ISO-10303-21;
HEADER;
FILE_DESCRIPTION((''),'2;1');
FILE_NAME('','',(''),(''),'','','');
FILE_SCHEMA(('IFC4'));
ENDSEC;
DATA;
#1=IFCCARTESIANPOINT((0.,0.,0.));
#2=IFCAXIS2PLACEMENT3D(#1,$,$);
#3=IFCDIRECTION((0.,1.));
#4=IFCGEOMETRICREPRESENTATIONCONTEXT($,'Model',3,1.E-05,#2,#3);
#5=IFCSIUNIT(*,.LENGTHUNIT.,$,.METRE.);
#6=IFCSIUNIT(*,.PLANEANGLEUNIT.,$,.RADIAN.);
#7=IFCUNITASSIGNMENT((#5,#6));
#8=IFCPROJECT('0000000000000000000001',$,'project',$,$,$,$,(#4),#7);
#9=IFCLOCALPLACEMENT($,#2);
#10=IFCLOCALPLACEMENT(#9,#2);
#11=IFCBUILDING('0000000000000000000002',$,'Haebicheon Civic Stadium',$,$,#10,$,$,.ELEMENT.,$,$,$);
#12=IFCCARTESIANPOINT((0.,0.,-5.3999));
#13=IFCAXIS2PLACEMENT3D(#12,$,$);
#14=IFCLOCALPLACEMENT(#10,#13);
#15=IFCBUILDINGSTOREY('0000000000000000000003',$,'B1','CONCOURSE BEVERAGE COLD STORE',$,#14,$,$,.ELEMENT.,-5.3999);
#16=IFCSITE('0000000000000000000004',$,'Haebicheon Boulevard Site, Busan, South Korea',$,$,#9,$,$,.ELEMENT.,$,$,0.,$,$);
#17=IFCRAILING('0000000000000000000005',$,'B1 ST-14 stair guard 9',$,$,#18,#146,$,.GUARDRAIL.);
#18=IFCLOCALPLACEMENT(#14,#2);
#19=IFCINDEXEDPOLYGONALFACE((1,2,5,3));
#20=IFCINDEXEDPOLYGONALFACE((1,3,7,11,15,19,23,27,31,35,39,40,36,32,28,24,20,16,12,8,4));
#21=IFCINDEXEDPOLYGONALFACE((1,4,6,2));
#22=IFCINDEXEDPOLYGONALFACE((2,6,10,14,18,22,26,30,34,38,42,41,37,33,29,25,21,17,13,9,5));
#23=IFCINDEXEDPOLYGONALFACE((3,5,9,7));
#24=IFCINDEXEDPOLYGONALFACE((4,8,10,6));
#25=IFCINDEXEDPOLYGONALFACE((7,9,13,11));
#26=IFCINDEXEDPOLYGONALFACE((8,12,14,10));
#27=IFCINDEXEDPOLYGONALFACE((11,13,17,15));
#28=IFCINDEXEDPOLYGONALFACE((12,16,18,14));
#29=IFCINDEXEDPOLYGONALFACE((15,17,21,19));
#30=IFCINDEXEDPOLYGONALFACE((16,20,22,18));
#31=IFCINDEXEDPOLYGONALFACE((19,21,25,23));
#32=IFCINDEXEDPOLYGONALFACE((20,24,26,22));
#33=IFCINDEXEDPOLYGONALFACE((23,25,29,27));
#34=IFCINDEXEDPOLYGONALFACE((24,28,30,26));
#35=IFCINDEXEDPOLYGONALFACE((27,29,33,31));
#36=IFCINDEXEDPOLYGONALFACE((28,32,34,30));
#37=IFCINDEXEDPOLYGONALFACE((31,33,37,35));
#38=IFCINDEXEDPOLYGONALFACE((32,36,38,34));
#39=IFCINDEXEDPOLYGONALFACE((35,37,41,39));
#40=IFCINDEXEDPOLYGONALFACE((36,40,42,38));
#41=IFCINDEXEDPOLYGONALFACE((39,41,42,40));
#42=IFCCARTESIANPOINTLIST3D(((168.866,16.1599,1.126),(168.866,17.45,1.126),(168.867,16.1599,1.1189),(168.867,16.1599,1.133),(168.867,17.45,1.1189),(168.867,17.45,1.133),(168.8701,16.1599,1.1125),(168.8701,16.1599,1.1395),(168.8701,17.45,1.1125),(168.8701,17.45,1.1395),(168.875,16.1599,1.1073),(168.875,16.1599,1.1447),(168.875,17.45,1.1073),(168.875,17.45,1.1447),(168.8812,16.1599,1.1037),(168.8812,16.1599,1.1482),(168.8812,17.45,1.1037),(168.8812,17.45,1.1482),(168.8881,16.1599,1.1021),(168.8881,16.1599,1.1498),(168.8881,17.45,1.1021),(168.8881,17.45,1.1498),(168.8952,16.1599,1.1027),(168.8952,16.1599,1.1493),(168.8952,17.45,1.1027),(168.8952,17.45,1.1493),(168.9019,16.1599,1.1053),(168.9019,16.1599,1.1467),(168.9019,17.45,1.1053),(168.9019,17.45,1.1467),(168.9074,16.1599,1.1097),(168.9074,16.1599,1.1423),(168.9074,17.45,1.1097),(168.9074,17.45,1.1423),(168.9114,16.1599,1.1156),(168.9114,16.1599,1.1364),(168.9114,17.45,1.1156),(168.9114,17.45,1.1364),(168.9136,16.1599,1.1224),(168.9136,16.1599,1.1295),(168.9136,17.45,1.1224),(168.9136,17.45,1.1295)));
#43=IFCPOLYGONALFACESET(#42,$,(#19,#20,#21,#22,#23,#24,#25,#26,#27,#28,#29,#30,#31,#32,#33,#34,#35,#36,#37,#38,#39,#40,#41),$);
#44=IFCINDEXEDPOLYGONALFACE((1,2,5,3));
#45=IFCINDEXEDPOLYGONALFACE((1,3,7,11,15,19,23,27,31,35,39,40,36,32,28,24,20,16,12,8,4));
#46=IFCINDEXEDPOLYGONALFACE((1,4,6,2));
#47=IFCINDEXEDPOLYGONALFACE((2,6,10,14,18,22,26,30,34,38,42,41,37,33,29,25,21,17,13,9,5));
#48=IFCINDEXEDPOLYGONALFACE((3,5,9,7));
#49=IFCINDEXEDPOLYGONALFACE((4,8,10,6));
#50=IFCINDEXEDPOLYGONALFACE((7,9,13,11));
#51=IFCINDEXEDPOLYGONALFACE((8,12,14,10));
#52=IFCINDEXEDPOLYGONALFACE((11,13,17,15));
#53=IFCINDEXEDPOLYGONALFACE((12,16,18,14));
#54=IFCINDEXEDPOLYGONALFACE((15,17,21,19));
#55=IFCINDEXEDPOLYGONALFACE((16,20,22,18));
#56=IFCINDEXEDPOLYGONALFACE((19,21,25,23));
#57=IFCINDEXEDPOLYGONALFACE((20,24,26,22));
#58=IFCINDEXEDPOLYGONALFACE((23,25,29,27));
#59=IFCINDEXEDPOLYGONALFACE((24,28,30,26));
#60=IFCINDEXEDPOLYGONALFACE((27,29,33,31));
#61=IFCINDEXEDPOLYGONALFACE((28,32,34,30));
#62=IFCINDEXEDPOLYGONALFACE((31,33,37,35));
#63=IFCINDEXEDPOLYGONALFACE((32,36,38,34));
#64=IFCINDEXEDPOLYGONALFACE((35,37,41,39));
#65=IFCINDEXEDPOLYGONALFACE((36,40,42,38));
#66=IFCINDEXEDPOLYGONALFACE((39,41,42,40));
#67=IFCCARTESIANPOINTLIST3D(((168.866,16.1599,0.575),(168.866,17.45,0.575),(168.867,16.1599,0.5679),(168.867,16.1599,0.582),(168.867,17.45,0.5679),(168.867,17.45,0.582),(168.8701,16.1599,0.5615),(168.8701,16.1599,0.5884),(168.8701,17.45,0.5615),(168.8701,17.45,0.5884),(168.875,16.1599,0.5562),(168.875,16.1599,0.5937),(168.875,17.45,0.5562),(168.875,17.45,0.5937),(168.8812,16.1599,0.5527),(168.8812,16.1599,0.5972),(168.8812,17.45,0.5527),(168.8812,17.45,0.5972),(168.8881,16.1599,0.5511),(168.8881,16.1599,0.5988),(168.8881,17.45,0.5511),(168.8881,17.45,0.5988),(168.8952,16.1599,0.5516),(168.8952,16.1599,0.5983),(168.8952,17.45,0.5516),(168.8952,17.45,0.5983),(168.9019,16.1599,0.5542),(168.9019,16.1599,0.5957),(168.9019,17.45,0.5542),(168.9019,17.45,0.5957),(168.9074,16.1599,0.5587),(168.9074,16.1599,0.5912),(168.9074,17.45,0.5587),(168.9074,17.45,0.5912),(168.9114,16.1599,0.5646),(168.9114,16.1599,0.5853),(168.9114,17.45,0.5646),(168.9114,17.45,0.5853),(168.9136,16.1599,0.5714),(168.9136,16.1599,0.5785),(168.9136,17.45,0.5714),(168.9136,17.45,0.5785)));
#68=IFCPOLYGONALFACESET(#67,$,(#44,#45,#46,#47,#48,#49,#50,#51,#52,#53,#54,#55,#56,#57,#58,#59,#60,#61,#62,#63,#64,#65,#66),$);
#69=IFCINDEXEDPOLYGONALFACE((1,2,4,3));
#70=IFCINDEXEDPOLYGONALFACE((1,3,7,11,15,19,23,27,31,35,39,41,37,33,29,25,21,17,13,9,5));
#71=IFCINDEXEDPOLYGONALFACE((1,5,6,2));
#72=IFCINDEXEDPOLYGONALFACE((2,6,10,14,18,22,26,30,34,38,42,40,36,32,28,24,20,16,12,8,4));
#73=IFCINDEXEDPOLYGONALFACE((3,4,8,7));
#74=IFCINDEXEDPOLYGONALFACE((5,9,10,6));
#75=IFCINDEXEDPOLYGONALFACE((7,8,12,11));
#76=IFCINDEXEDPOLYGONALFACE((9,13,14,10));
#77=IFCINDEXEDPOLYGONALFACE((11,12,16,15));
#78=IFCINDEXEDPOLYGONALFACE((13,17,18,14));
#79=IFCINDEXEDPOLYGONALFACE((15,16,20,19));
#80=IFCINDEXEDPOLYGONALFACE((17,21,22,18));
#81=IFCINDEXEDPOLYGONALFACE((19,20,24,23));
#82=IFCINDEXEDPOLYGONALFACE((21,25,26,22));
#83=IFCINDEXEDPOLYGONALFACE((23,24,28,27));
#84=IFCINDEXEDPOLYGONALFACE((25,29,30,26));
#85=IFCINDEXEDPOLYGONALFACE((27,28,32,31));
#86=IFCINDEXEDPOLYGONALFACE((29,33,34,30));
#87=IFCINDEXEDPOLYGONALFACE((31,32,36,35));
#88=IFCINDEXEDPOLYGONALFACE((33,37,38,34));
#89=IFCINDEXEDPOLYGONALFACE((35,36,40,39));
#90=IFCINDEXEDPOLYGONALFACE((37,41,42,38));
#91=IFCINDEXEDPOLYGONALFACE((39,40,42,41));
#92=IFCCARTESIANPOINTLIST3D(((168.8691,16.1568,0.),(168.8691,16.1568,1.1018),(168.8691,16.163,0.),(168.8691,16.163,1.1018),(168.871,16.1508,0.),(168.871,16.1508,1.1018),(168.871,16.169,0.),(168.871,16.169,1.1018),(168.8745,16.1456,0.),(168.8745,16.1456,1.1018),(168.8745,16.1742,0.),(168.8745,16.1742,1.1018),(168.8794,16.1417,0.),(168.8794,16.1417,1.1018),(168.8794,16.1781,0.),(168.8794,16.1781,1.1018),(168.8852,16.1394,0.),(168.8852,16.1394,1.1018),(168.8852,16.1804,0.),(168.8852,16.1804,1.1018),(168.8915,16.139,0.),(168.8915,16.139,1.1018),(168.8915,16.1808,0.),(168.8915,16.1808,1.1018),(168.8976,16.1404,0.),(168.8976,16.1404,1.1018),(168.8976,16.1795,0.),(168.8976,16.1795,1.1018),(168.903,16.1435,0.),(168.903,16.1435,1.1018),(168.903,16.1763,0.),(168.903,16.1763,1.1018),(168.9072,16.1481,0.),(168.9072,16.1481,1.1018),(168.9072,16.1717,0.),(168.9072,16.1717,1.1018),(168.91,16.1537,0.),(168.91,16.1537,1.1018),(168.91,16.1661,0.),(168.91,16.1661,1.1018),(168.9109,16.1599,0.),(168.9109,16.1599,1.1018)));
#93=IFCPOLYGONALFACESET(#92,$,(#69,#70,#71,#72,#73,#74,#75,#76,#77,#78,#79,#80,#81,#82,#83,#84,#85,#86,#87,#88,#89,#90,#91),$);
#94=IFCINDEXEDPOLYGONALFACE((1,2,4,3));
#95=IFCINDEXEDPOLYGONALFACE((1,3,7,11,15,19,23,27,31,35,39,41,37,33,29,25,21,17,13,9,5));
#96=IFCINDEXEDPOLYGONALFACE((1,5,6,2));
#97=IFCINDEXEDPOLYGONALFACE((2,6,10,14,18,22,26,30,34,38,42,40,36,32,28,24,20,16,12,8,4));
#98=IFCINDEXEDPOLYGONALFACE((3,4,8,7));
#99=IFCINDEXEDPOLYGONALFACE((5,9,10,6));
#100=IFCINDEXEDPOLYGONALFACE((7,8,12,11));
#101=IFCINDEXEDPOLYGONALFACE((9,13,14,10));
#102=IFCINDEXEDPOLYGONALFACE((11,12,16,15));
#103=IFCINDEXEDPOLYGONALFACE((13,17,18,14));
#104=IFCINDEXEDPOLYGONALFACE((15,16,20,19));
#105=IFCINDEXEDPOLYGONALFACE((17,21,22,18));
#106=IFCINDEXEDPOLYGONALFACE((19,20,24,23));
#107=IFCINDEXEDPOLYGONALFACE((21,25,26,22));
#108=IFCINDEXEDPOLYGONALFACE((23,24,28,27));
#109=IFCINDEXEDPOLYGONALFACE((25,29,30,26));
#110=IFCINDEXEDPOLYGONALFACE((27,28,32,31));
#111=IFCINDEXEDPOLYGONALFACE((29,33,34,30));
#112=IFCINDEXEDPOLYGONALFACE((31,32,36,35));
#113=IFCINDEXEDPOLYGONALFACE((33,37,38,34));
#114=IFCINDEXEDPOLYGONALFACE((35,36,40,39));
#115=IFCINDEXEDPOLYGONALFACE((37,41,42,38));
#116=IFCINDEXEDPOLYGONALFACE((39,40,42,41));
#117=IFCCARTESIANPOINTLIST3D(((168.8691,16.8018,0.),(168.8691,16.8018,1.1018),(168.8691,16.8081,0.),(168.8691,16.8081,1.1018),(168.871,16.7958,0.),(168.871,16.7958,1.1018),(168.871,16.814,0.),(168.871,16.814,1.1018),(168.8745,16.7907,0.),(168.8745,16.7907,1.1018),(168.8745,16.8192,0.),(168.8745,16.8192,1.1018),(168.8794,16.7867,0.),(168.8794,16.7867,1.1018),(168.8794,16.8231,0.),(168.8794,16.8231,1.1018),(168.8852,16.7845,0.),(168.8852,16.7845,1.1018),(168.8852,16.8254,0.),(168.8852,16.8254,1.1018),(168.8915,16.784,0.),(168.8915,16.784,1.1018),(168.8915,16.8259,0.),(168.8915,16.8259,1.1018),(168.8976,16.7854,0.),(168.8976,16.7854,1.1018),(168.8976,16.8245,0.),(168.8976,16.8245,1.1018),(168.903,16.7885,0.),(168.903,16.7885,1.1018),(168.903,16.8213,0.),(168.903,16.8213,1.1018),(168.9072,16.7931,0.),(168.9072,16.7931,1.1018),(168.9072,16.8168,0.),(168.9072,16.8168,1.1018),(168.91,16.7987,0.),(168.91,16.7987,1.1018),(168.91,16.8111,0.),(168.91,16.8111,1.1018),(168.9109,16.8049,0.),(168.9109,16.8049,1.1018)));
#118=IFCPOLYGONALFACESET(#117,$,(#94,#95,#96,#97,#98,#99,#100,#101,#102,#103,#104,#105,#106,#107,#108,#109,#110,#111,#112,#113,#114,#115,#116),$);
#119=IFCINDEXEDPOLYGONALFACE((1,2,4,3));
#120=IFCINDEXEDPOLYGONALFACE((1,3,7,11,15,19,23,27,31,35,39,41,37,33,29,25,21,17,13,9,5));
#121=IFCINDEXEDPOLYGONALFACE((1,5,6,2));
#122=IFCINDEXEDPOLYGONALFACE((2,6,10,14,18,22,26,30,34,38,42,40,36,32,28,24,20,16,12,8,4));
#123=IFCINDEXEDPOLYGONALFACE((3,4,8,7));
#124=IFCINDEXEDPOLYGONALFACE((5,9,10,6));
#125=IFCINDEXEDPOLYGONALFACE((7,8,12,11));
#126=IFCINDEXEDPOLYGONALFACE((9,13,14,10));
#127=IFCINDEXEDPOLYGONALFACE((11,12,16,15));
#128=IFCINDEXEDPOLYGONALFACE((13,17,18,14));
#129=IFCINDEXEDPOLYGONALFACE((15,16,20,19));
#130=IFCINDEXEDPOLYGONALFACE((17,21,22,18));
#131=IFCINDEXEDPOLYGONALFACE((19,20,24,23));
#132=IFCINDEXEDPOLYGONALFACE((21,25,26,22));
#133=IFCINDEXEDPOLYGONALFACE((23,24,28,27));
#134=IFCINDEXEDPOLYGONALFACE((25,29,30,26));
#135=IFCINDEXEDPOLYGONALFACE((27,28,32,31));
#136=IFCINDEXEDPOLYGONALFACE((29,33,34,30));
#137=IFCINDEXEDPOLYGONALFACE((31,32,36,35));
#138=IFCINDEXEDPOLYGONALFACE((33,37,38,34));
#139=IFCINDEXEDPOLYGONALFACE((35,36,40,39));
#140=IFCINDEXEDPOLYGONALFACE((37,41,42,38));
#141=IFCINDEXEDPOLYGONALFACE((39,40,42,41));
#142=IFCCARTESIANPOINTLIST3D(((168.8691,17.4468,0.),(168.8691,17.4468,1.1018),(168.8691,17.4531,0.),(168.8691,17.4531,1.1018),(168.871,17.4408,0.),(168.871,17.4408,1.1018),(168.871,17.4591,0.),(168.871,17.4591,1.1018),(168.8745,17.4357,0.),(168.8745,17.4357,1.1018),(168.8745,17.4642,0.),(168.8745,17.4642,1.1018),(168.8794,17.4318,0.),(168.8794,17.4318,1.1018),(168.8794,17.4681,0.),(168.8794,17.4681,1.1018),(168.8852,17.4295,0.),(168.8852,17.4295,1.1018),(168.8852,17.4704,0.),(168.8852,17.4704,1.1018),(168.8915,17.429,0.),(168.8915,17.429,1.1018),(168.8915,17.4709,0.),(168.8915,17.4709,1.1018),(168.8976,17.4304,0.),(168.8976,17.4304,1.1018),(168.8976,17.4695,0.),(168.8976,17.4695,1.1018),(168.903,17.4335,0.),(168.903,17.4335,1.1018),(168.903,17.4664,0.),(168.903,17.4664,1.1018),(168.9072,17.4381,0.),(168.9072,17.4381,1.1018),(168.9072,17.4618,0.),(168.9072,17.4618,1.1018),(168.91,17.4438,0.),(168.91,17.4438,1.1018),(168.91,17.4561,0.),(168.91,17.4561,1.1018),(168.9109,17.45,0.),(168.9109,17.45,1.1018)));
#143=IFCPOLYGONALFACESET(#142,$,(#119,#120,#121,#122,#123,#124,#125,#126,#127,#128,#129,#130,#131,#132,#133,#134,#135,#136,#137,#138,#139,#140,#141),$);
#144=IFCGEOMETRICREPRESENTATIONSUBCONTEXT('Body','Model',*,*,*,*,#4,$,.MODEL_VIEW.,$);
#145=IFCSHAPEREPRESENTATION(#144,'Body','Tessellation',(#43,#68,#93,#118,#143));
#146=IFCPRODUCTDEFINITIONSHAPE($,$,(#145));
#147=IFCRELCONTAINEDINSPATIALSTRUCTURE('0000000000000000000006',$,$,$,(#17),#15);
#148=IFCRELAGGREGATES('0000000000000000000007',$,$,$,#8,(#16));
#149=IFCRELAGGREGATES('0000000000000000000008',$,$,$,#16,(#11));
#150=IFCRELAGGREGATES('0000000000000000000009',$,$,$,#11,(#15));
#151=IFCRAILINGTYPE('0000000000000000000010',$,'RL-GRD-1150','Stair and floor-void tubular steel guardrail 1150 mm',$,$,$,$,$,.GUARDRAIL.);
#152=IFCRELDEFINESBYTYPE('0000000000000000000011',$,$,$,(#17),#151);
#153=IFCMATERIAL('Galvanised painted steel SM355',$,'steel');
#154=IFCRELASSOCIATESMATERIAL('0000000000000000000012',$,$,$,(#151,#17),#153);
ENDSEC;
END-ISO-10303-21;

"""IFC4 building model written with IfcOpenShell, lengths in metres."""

from ifc_helpers import new_model, si_unit, direction, frame, origin, origin_2d, place, context, subcontext, project, spatial, circle, extrude, material, type_object, element, save


model = new_model("IFC4")

# Units and contexts
model_context = context("Model", 3, precision=1e-05, world=origin(), true_north=direction((0.0, 1.0)))
body_context = subcontext(model_context, "Body", "Model", "MODEL_VIEW")
ifc_project = project(units=[si_unit("LENGTHUNIT", "METRE"), si_unit("PLANEANGLEUNIT", "RADIAN")], contexts=[model_context])

# Site, building, storey
site_placement = place(None, origin())
site = spatial("IfcSite", under=ifc_project, at=site_placement, Name="Haebicheon Boulevard Site, Busan, South Korea", CompositionType="ELEMENT", RefElevation=0.0)
building_placement = place(site_placement, origin())
building = spatial("IfcBuilding", under=site, at=building_placement, Name="Haebicheon Civic Stadium", CompositionType="ELEMENT")
storey_placement = place(building_placement, frame((0.0, 0.0, -5.3999)))
storey = spatial("IfcBuildingStorey", under=building, at=storey_placement, Name="B1", Description="CONCOURSE BEVERAGE COLD STORE", CompositionType="ELEMENT", Elevation=-5.3999)

# Railing
ifc_material_1 = material(Name="Galvanised painted steel SM355", Category="steel")
railing_type = type_object("IfcRailingType", Name="RL-GRD-1150", Description="Stair and floor-void tubular steel guardrail 1150 mm", PredefinedType="GUARDRAIL", material=ifc_material_1)
railing_placement = place(storey_placement, frame((168.8899, 16.1599, 0.0)))
element("IfcRailing", 1, at=railing_placement, inside=storey, type_object=railing_type, material=ifc_material_1, Name="B1 ST-14 stair guard 9", PredefinedType="GUARDRAIL", context=body_context, shape_type="SweptSolid", body=[
    extrude(circle(Radius=0.0239, at=origin_2d()), frame((0.0, 0.0, 1.126), z_axis=(0.0, 1.0, 0.0), x_axis=(-1.0, 0.0, 0.0)), (0.0, 0.0, 1.0), 1.29),
    extrude(circle(Radius=0.0239, at=origin_2d()), frame((0.0, 0.0, 0.575), z_axis=(0.0, 1.0, 0.0), x_axis=(-1.0, 0.0, 0.0)), (0.0, 0.0, 1.0), 1.29),
    extrude(circle(Radius=0.021, at=origin_2d()), origin(), (0.0, 0.0, 1.0), 1.1018),
    extrude(circle(Radius=0.021, at=origin_2d()), frame((0.0, 0.645, 0.0)), (0.0, 0.0, 1.0), 1.1018),
    extrude(circle(Radius=0.021, at=origin_2d()), frame((0.0, 1.29, 0.0)), (0.0, 0.0, 1.0), 1.1018),
])

save(model, "model.ifc")
